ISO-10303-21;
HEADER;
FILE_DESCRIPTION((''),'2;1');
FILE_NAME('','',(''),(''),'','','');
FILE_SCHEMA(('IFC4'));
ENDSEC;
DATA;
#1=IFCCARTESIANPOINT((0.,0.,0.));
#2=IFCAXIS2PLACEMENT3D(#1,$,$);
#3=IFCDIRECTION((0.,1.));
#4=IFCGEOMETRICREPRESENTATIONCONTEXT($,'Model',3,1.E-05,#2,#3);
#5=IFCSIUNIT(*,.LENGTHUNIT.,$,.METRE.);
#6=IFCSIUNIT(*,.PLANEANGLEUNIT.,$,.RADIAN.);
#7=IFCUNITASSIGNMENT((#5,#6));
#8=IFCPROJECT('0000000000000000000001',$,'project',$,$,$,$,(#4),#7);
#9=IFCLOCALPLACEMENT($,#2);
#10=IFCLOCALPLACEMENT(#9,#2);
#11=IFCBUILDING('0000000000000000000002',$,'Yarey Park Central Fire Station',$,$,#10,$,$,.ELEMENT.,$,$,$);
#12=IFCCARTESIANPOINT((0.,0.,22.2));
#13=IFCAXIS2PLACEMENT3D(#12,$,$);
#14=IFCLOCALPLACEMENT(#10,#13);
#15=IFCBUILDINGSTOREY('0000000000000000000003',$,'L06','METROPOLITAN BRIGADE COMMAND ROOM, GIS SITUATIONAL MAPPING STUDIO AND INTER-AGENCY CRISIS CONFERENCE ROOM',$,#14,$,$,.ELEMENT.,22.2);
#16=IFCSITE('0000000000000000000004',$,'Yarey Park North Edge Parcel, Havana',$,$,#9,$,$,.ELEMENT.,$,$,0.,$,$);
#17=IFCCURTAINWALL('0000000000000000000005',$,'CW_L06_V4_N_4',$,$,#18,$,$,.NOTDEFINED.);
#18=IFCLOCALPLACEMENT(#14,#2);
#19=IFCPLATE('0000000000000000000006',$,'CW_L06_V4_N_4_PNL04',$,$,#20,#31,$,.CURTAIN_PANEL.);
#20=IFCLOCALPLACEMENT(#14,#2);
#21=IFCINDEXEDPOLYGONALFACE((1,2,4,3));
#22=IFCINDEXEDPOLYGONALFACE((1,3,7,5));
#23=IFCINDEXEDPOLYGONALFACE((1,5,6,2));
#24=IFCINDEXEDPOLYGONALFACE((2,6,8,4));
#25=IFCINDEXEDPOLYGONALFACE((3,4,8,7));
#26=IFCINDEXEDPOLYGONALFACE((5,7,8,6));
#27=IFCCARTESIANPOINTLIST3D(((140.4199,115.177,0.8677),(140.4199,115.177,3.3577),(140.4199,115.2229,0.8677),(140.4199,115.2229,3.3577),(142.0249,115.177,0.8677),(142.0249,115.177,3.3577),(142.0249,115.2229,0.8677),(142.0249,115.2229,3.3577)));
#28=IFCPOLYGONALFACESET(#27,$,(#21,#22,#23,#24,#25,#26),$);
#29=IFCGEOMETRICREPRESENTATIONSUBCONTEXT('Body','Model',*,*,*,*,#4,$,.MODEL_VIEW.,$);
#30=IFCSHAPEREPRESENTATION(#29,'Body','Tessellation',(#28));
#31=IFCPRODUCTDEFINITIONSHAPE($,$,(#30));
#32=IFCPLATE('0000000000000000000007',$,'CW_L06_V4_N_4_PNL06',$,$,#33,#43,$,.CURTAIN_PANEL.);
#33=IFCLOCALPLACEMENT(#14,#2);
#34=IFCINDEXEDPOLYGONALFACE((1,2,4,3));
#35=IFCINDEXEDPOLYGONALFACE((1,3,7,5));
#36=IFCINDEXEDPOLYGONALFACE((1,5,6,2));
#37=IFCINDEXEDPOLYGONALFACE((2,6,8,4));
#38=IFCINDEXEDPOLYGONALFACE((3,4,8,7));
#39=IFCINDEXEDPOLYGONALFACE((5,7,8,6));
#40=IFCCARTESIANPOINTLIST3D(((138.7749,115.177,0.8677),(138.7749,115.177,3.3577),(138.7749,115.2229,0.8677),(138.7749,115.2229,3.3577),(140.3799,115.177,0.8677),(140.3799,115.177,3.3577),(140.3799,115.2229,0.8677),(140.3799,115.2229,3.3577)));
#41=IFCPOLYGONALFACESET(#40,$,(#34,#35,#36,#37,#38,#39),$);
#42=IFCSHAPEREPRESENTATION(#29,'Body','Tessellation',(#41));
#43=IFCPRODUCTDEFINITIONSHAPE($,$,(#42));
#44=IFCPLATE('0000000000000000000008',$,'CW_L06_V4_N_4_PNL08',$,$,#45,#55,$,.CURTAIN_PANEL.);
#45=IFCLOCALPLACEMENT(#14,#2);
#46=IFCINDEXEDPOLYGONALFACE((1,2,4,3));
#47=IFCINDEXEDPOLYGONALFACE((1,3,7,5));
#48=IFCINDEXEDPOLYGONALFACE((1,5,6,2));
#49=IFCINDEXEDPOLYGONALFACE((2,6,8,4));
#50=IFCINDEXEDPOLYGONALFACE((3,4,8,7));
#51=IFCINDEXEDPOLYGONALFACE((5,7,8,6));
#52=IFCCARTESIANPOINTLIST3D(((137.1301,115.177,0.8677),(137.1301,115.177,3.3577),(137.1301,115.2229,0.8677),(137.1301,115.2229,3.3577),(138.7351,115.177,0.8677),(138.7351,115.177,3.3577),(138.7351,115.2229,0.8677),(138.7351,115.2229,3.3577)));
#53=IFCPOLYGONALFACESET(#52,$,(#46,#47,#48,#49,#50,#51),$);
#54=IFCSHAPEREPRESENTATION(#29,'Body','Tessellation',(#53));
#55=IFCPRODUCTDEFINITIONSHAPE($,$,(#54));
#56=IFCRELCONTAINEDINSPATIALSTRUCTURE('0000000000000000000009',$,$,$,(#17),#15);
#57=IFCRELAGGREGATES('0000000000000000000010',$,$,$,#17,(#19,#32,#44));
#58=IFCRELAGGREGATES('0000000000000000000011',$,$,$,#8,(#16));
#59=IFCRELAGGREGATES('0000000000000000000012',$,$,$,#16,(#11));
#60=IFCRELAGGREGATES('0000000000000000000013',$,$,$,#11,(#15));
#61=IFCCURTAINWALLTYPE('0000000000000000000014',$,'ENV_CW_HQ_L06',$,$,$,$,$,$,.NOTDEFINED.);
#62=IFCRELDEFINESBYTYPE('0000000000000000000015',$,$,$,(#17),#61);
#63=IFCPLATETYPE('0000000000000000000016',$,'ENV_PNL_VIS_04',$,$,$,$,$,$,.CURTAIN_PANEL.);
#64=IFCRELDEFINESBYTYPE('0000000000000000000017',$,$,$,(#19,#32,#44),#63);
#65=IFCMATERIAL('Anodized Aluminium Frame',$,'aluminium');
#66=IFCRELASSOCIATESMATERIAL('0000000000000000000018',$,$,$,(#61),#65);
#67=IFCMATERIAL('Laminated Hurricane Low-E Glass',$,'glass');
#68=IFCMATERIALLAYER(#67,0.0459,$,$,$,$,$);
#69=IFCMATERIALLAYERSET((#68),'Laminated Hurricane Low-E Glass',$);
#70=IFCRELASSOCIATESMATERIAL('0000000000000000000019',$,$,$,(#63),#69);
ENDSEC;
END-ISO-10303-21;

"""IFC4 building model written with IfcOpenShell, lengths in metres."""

from ifc_helpers import new_model, si_unit, direction, frame, origin, origin_2d, place, context, subcontext, project, spatial, rectangle, extrude, material, layer, layer_set, type_object, element, aggregate, save


model = new_model("IFC4")

# Units and contexts
model_context = context("Model", 3, precision=1e-05, world=origin(), true_north=direction((0.0, 1.0)))
body_context = subcontext(model_context, "Body", "Model", "MODEL_VIEW")
ifc_project = project(units=[si_unit("LENGTHUNIT", "METRE"), si_unit("PLANEANGLEUNIT", "RADIAN")], contexts=[model_context])

# Site, building, storey
site_placement = place(None, origin())
site = spatial("IfcSite", under=ifc_project, at=site_placement, Name="Yarey Park North Edge Parcel, Havana", CompositionType="ELEMENT", RefElevation=0.0)
building_placement = place(site_placement, origin())
building = spatial("IfcBuilding", under=site, at=building_placement, Name="Yarey Park Central Fire Station", CompositionType="ELEMENT")
storey_placement = place(building_placement, frame((0.0, 0.0, 22.2)))
storey = spatial("IfcBuildingStorey", under=building, at=storey_placement, Name="L06", Description="METROPOLITAN BRIGADE COMMAND ROOM, GIS SITUATIONAL MAPPING STUDIO AND INTER-AGENCY CRISIS CONFERENCE ROOM", CompositionType="ELEMENT", Elevation=22.2)

# Curtain wall
ifc_material_1 = material(Name="Anodized Aluminium Frame", Category="aluminium")
curtain_wall_type = type_object("IfcCurtainWallType", Name="ENV_CW_HQ_L06", PredefinedType="NOTDEFINED", material=ifc_material_1)
curtain_wall_1_placement = place(storey_placement, origin())
curtain_wall_1 = element("IfcCurtainWall", 1, at=curtain_wall_1_placement, inside=storey, type_object=curtain_wall_type, Name="CW_L06_V4_N_4", PredefinedType="NOTDEFINED")

# Plates
ifc_material_2 = material(Name="Laminated Hurricane Low-E Glass", Category="glass")
ifc_layer_1 = layer(ifc_material_2, 0.0459)
ifc_layer_set_1 = layer_set([ifc_layer_1], Name="Laminated Hurricane Low-E Glass")
plate_type_1 = type_object("IfcPlateType", Name="ENV_PNL_VIS_04", PredefinedType="CURTAIN_PANEL", material=ifc_layer_set_1)
plate_1_placement = place(storey_placement, frame((141.2224, 115.2, 0.8677), z_axis=(0.0, 0.0, 1.0), x_axis=(-1.0, 0.0, 0.0)))
plate_1 = element("IfcPlate", 2, at=plate_1_placement, type_object=plate_type_1, Name="CW_L06_V4_N_4_PNL04", PredefinedType="CURTAIN_PANEL", context=body_context, shape_type="SweptSolid", body=[
    extrude(rectangle(XDim=1.605, YDim=0.0459, at=origin_2d()), origin(), (0.0, 0.0, 1.0), 2.49),
])
plate_2_placement = place(storey_placement, frame((139.5774, 115.2, 0.8677), z_axis=(0.0, 0.0, 1.0), x_axis=(-1.0, 0.0, 0.0)))
plate_2 = element("IfcPlate", 3, at=plate_2_placement, type_object=plate_type_1, Name="CW_L06_V4_N_4_PNL06", PredefinedType="CURTAIN_PANEL", context=body_context, shape_type="SweptSolid", body=[
    extrude(rectangle(XDim=1.605, YDim=0.0459, at=origin_2d()), origin(), (0.0, 0.0, 1.0), 2.49),
])
plate_3_placement = place(storey_placement, frame((137.9326, 115.2, 0.8677), z_axis=(0.0, 0.0, 1.0), x_axis=(-1.0, 0.0, 0.0)))
plate_3 = element("IfcPlate", 4, at=plate_3_placement, type_object=plate_type_1, Name="CW_L06_V4_N_4_PNL08", PredefinedType="CURTAIN_PANEL", context=body_context, shape_type="SweptSolid", body=[
    extrude(rectangle(XDim=1.605, YDim=0.0459, at=origin_2d()), origin(), (0.0, 0.0, 1.0), 2.49),
])
aggregate(curtain_wall_1, [plate_1, plate_2, plate_3])

save(model, "model.ifc")
